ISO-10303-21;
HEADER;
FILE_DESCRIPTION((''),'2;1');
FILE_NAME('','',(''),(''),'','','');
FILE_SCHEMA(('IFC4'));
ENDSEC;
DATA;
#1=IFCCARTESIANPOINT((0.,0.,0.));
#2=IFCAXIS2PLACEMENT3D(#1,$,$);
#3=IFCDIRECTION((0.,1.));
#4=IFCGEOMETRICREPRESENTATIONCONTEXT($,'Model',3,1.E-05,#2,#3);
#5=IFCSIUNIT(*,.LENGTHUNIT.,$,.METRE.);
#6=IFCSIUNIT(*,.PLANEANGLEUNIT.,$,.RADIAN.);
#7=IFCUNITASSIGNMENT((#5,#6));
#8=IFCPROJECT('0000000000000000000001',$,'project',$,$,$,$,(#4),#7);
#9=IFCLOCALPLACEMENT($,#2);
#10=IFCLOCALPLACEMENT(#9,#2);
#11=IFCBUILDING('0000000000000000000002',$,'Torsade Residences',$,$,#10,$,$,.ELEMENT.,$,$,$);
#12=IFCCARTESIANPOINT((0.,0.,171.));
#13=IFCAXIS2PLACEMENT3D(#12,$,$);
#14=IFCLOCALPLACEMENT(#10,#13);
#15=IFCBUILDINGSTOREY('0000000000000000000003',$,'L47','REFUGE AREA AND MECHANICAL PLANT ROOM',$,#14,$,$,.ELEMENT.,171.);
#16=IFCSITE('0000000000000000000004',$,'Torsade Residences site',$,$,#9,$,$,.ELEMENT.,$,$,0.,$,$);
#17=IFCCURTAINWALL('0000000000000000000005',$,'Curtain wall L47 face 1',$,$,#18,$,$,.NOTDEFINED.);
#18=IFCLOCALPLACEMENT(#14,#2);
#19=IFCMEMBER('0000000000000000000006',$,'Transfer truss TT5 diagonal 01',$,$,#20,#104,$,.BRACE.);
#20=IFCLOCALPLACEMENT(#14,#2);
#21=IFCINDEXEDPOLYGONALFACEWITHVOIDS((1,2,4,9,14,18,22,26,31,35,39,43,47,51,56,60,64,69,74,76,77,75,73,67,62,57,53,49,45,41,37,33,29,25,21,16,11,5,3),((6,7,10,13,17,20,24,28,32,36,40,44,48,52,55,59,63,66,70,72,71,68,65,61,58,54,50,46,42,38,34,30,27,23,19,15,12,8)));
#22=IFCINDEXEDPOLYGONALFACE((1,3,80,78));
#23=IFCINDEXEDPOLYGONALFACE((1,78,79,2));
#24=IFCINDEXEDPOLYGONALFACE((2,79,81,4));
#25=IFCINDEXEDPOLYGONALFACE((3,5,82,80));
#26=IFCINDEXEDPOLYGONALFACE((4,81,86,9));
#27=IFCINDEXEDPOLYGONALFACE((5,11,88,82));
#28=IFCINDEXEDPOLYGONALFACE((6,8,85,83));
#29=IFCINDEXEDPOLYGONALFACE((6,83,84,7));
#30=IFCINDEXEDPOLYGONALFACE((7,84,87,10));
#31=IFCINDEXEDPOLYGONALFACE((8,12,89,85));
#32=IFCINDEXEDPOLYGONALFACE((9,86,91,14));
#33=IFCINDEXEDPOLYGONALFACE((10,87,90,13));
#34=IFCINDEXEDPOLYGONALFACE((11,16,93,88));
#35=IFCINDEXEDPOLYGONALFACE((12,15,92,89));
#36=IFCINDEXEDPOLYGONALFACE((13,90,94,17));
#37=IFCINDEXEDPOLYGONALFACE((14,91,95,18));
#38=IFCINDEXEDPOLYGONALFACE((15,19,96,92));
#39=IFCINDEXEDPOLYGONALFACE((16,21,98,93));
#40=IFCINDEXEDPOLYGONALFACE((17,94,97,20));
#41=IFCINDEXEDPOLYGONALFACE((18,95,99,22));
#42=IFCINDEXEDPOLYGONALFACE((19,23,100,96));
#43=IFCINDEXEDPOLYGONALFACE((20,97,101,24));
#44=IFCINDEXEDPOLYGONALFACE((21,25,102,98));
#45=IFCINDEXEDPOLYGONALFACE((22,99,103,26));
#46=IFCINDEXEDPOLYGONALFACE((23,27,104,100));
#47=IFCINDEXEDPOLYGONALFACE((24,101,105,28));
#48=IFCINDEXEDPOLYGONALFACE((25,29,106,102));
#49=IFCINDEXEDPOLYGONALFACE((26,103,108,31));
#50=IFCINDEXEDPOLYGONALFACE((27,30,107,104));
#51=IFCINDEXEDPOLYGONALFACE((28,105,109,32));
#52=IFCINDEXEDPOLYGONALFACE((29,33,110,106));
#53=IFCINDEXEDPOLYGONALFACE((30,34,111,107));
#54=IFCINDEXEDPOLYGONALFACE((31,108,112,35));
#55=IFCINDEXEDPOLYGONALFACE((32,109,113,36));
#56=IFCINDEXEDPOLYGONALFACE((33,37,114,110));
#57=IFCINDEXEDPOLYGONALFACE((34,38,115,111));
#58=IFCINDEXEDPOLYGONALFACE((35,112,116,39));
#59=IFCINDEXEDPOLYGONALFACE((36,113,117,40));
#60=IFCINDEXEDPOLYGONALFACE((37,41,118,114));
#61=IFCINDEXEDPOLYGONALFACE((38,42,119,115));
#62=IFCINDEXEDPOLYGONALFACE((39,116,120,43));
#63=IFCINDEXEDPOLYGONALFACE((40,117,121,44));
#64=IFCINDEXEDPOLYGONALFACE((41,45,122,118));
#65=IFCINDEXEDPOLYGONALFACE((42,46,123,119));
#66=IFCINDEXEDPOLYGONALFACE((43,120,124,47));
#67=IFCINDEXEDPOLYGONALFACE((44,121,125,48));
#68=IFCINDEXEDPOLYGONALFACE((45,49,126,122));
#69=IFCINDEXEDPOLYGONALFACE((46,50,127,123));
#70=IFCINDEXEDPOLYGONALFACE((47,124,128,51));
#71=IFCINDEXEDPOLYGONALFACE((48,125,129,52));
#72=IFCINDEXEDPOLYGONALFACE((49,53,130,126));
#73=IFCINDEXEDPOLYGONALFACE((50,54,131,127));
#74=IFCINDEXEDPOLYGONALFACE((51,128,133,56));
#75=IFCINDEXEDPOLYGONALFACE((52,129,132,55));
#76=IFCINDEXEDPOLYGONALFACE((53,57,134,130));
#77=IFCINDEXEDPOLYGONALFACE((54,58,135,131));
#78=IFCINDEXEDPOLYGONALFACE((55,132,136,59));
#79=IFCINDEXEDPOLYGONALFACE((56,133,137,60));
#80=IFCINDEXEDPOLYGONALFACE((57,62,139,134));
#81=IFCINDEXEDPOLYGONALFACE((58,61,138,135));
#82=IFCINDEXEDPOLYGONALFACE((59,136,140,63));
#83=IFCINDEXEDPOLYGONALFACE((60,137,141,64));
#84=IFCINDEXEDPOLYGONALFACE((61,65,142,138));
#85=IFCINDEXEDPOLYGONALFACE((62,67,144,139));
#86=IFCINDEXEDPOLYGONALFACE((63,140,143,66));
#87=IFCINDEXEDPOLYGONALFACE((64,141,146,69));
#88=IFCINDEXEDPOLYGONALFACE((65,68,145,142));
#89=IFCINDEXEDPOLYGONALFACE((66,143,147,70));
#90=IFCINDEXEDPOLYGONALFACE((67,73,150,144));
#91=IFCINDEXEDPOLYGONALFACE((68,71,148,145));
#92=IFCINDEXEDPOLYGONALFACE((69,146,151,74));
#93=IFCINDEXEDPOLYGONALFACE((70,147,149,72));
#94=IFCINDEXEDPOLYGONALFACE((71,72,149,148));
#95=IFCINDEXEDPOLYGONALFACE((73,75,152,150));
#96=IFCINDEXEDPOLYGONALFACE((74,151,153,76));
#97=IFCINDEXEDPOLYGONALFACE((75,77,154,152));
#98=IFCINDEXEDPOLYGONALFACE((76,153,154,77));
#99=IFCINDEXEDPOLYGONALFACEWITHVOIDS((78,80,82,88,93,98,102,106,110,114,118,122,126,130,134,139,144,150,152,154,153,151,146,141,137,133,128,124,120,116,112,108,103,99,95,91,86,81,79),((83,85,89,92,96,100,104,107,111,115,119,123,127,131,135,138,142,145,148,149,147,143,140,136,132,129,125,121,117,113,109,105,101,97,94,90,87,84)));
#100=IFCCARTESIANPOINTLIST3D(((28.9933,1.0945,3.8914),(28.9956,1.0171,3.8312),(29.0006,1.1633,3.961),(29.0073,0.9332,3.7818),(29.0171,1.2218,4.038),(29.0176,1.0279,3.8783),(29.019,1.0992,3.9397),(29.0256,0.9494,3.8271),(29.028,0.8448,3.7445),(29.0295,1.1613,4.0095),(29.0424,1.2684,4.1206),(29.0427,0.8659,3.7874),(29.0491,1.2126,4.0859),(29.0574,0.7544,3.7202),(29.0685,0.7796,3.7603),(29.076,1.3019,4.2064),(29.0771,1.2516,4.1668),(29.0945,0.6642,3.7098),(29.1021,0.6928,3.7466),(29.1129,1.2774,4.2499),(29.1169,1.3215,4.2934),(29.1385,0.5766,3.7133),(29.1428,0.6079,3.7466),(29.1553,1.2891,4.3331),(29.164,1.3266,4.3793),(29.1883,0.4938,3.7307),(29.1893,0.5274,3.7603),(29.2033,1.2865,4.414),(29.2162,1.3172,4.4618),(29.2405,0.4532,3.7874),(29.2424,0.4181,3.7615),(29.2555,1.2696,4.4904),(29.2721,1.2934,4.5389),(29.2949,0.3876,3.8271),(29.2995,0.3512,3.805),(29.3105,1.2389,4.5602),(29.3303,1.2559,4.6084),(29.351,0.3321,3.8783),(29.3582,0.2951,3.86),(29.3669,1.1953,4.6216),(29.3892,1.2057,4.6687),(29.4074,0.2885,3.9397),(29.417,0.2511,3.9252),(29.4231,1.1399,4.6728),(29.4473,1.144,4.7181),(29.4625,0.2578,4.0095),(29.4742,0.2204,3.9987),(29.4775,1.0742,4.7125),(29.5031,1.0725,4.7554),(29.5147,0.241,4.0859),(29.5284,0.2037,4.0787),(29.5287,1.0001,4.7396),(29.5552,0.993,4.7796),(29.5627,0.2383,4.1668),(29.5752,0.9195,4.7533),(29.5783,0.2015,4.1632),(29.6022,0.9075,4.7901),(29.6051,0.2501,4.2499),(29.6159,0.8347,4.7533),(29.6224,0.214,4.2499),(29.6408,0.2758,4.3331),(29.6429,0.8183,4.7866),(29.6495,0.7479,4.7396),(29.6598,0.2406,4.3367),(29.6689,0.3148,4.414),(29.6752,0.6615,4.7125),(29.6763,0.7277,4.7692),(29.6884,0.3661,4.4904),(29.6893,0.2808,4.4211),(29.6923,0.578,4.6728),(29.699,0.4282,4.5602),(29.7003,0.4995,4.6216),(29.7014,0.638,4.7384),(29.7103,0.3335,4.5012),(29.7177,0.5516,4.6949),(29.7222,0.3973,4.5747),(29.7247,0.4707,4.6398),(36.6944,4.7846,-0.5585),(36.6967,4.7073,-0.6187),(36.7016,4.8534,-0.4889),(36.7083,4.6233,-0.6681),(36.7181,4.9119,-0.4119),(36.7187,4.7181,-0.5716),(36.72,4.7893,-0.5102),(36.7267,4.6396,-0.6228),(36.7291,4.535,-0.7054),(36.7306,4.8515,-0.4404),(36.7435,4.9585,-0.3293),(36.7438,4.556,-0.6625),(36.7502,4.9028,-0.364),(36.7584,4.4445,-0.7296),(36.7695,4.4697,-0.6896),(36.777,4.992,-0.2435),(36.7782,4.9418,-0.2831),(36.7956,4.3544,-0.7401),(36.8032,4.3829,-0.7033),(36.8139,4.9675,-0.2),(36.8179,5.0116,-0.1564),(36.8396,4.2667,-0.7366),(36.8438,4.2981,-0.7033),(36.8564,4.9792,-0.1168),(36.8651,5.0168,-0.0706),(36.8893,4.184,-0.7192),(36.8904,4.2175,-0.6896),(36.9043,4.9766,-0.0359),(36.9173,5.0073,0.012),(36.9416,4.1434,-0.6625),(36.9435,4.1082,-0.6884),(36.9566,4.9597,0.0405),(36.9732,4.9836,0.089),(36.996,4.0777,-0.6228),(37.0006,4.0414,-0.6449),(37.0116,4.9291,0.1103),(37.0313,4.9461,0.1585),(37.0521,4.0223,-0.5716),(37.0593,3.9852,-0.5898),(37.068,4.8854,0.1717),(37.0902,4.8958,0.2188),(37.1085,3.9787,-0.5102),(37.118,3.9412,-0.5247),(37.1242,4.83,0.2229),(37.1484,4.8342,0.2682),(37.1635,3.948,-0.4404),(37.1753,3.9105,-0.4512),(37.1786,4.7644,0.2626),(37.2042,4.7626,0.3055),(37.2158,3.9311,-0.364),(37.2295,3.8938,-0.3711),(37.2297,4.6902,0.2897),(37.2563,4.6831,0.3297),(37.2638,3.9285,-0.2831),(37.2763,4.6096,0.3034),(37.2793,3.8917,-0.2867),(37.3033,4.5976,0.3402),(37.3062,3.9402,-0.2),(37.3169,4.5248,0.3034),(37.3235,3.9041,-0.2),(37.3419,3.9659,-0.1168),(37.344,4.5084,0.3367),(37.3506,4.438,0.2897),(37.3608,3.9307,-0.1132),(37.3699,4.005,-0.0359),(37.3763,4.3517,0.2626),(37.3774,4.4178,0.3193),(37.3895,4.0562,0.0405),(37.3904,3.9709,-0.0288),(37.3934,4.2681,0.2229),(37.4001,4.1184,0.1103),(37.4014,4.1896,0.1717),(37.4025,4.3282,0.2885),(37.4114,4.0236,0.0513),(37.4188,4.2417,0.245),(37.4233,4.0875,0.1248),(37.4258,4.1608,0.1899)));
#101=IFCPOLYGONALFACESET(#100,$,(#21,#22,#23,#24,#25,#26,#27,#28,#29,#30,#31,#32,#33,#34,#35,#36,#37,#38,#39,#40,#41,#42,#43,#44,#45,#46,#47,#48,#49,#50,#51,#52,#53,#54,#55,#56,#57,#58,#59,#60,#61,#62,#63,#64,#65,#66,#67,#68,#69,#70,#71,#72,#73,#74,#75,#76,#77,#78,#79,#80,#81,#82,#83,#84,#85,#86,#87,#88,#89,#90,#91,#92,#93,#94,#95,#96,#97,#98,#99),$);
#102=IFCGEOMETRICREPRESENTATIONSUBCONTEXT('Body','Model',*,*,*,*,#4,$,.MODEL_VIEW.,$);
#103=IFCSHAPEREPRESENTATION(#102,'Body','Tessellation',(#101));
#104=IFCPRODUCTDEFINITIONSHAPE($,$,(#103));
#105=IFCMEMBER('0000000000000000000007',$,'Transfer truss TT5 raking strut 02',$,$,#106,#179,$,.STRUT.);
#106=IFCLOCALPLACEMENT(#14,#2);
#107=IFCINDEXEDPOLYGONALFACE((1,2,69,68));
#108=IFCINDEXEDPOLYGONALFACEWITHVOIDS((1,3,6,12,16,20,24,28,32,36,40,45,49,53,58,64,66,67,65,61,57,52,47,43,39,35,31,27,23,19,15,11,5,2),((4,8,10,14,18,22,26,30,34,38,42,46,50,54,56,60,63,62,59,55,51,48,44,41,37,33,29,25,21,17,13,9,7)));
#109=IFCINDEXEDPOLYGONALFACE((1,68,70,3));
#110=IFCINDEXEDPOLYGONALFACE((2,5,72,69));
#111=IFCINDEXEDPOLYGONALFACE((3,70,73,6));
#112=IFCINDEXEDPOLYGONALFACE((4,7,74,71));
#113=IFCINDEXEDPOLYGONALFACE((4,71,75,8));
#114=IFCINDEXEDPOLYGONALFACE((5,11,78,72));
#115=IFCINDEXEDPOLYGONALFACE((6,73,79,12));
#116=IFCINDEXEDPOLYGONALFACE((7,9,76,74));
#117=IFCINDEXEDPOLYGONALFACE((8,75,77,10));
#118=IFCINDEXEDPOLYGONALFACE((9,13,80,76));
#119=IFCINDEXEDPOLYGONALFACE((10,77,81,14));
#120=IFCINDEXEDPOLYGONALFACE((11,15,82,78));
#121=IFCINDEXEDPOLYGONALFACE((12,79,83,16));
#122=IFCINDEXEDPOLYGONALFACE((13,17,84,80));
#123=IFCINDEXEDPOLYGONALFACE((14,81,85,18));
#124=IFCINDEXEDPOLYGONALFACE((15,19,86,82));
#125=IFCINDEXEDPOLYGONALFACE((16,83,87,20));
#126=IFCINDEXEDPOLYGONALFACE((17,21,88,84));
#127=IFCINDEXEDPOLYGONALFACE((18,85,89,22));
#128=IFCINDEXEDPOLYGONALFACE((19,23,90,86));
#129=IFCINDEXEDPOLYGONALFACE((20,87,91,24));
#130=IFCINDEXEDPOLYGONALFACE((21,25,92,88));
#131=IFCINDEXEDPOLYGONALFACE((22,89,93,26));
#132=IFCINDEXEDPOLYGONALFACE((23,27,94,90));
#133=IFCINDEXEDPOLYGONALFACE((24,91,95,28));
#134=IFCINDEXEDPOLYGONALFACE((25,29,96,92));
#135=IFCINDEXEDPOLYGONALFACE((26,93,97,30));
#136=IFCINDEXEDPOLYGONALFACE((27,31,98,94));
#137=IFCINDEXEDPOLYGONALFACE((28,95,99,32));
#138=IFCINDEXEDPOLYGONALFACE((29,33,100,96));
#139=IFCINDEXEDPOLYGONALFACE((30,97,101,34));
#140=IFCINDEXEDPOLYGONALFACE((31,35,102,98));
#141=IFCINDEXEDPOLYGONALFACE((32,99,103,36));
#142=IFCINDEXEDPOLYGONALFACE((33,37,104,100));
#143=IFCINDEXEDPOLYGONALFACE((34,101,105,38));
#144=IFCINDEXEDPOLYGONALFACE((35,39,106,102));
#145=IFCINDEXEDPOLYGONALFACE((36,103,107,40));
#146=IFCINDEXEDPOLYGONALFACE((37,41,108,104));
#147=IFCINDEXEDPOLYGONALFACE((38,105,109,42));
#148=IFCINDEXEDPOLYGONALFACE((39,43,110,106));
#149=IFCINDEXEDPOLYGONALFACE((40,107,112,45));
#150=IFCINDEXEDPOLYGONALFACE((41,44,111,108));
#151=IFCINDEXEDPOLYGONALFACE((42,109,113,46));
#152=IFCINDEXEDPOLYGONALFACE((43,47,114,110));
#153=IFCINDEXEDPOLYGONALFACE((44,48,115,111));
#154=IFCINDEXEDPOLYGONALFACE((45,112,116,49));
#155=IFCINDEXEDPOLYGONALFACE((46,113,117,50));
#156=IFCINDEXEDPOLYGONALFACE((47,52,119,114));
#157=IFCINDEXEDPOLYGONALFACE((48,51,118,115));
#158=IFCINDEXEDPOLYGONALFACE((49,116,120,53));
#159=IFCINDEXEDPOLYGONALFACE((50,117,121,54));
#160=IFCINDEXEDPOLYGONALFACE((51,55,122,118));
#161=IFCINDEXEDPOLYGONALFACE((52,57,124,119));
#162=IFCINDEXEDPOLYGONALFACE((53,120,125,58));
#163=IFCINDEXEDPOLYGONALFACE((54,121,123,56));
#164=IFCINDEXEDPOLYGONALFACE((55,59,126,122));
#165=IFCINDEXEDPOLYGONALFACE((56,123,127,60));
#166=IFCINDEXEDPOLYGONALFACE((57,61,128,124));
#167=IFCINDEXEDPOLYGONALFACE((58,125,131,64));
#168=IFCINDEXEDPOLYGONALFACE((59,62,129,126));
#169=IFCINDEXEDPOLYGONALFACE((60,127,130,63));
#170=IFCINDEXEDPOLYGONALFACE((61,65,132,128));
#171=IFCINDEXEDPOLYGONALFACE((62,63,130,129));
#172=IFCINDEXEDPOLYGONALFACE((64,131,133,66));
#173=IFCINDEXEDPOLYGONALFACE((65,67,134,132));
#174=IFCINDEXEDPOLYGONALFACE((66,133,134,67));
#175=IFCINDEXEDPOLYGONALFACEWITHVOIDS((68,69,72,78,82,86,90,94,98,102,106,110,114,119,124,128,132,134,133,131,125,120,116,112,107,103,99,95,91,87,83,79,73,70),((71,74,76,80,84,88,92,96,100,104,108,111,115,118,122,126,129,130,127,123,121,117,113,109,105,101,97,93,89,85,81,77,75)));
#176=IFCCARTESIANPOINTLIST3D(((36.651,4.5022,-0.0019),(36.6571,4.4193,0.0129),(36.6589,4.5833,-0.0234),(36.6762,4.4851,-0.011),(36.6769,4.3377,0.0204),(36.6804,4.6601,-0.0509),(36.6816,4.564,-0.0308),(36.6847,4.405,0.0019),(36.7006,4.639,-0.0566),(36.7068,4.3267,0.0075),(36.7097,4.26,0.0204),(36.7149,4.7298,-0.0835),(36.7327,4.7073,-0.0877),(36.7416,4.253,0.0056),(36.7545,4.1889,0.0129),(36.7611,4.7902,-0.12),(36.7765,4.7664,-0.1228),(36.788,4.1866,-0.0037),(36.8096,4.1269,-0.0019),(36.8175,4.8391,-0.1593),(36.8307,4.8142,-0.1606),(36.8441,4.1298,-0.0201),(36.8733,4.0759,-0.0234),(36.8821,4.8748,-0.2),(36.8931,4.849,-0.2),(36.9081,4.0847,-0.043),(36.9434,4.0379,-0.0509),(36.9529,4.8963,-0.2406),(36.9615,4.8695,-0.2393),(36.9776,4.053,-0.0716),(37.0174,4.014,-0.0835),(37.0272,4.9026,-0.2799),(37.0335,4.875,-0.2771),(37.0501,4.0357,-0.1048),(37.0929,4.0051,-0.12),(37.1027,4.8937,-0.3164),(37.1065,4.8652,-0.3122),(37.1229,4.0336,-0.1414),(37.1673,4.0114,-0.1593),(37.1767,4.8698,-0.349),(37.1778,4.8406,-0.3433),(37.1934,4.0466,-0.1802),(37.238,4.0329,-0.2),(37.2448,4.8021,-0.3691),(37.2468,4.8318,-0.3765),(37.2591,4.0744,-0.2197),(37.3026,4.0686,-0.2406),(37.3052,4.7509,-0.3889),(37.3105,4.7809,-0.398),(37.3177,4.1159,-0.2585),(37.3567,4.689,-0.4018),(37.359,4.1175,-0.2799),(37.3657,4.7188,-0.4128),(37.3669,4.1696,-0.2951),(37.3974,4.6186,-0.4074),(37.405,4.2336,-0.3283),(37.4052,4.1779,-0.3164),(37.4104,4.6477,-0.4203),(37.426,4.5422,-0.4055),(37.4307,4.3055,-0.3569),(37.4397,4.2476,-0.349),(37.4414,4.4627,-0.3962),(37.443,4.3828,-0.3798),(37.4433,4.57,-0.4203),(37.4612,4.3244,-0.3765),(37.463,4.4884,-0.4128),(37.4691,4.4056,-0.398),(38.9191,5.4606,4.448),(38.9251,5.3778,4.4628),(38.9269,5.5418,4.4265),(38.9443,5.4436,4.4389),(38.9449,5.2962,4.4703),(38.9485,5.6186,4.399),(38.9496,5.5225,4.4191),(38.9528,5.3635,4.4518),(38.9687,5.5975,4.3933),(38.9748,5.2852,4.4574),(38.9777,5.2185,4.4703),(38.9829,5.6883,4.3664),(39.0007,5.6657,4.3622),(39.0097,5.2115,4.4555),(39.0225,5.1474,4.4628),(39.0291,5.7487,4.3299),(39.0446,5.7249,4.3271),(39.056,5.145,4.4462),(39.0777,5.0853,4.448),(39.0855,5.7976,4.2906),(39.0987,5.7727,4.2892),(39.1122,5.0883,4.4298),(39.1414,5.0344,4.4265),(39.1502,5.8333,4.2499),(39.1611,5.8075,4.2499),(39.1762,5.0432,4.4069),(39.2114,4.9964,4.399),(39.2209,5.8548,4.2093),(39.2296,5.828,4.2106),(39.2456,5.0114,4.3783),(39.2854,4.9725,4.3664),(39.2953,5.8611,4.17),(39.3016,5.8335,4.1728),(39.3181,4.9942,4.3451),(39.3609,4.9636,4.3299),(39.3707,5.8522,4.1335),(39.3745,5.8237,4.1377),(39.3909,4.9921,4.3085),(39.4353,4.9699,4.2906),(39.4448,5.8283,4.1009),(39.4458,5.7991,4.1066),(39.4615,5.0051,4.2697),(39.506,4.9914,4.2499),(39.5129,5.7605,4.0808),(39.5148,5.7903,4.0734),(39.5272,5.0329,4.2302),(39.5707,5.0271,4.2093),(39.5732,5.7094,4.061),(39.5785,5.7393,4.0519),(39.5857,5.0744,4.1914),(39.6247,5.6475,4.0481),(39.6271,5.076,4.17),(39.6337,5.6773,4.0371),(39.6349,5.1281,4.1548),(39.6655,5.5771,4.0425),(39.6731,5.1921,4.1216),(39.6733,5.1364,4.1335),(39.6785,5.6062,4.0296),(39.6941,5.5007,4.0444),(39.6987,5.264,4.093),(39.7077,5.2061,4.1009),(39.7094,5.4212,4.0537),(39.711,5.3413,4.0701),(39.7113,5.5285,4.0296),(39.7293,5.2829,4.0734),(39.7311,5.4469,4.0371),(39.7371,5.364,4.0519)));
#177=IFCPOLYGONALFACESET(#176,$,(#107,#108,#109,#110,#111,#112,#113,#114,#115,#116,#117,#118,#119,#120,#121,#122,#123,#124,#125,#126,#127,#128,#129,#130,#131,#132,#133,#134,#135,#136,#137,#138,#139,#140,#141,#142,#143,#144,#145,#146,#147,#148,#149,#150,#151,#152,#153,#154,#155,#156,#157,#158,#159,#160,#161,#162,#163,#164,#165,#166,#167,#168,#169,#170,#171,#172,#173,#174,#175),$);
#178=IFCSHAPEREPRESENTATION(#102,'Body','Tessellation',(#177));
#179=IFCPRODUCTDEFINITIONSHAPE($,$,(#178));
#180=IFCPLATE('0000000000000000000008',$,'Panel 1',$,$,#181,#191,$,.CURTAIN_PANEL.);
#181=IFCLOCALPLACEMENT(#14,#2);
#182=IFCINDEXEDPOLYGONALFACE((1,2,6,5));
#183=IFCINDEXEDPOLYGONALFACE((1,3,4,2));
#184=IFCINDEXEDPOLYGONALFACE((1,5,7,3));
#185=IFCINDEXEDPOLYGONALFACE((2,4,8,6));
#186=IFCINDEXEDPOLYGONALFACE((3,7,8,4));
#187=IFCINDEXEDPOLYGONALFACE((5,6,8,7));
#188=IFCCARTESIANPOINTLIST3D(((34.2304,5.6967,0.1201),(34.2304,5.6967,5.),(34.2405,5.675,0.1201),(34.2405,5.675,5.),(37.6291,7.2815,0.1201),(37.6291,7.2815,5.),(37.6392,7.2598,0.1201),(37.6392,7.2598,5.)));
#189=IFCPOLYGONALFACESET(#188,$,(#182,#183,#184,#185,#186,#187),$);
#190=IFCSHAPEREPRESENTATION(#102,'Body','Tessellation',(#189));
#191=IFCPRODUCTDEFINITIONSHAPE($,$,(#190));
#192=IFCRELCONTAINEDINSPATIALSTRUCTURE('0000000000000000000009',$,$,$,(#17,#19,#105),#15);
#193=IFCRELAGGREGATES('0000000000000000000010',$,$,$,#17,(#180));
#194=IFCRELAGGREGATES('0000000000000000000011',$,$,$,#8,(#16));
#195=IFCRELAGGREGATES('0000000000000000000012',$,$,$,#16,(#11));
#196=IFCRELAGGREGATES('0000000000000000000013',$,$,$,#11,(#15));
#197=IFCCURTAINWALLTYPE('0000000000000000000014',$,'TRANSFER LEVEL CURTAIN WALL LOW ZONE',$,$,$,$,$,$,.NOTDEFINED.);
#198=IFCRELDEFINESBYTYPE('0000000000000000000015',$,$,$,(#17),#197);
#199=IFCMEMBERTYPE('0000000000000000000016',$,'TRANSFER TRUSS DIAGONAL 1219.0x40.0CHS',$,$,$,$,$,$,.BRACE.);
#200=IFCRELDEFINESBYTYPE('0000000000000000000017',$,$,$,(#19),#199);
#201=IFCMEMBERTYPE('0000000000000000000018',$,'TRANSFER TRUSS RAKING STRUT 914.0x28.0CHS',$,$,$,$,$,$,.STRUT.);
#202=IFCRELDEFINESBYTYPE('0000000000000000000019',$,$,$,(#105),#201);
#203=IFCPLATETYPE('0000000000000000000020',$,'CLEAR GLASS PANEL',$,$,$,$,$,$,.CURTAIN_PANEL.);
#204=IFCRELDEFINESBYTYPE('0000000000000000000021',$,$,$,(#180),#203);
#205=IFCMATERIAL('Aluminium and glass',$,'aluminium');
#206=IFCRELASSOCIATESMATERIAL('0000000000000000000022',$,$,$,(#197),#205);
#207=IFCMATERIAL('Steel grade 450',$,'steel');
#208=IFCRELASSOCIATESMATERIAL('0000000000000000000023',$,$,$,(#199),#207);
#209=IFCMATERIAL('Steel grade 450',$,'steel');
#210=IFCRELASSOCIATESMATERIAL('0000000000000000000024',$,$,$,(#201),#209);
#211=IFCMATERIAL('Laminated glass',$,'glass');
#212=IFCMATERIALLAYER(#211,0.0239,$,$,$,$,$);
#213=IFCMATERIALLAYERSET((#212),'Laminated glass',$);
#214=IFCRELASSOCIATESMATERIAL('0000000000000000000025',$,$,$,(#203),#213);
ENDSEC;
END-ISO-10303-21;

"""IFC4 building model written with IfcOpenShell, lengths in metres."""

from ifc_helpers import new_model, si_unit, direction, frame, origin, origin_2d, place, context, subcontext, project, spatial, rectangle, hollow_circle, extrude, material, layer, layer_set, material_profile, profile_set, type_object, element, aggregate, save


model = new_model("IFC4")

# Units and contexts
model_context = context("Model", 3, precision=1e-05, world=origin(), true_north=direction((0.0, 1.0)))
body_context = subcontext(model_context, "Body", "Model", "MODEL_VIEW")
ifc_project = project(units=[si_unit("LENGTHUNIT", "METRE"), si_unit("PLANEANGLEUNIT", "RADIAN")], contexts=[model_context])

# Site, building, storey
site_placement = place(None, origin())
site = spatial("IfcSite", under=ifc_project, at=site_placement, Name="Torsade Residences site", CompositionType="ELEMENT", RefElevation=0.0)
building_placement = place(site_placement, origin())
building = spatial("IfcBuilding", under=site, at=building_placement, Name="Torsade Residences", CompositionType="ELEMENT")
storey_placement = place(building_placement, frame((0.0, 0.0, 171.0)))
storey = spatial("IfcBuildingStorey", under=building, at=storey_placement, Name="L47", Description="REFUGE AREA AND MECHANICAL PLANT ROOM", CompositionType="ELEMENT", Elevation=171.0)

# Curtain wall
ifc_material_1 = material(Name="Aluminium and glass", Category="aluminium")
curtain_wall_type = type_object("IfcCurtainWallType", Name="TRANSFER LEVEL CURTAIN WALL LOW ZONE", PredefinedType="NOTDEFINED", material=ifc_material_1)
curtain_wall_1_placement = place(storey_placement, origin())
curtain_wall_1 = element("IfcCurtainWall", 1, at=curtain_wall_1_placement, inside=storey, type_object=curtain_wall_type, Name="Curtain wall L47 face 1", PredefinedType="NOTDEFINED")

# Members
ifc_material_2 = material(Name="Steel grade 450", Category="steel")
ifc_material_profile_1 = material_profile(ifc_material_2, hollow_circle(Radius=0.6096, WallThickness=0.04, at=origin_2d()), Name="1219.0x40.0CHS")
ifc_profile_set_1 = profile_set([ifc_material_profile_1], Name="Steel grade 450")
member_type_1 = type_object("IfcMemberType", Name="TRANSFER TRUSS DIAGONAL 1219.0x40.0CHS", PredefinedType="BRACE", material=ifc_profile_set_1)
member_1_placement = place(storey_placement, frame((37.0601, 4.4539, -0.2), z_axis=(-0.799746, -0.383216, 0.462116), x_axis=(0.432124, -0.901814, 0.0)))
element("IfcMember", 2, at=member_1_placement, inside=storey, type_object=member_type_1, Name="Transfer truss TT5 diagonal 01", PredefinedType="BRACE", context=body_context, shape_type="SweptSolid", body=[
    extrude(hollow_circle(Radius=0.6096, WallThickness=0.04, at=origin_2d()), origin(), (0.0, 0.0, 1.0), 9.6294),
])
ifc_material_3 = material(Name="Steel grade 450", Category="steel")
ifc_material_profile_2 = material_profile(ifc_material_3, hollow_circle(Radius=0.457, WallThickness=0.0281, at=origin_2d()), Name="914.0x28.0CHS")
ifc_profile_set_2 = profile_set([ifc_material_profile_2], Name="Steel grade 450")
member_type_2 = type_object("IfcMemberType", Name="TRANSFER TRUSS RAKING STRUT 914.0x28.0CHS", PredefinedType="STRUT", material=ifc_profile_set_2)
member_2_placement = place(storey_placement, frame((37.0601, 4.4539, -0.2), z_axis=(0.445965, 0.188467, 0.874983), x_axis=(-0.389271, 0.921123, 0.0)))
element("IfcMember", 3, at=member_2_placement, inside=storey, type_object=member_type_2, Name="Transfer truss TT5 raking strut 02", PredefinedType="STRUT", context=body_context, shape_type="SweptSolid", body=[
    extrude(hollow_circle(Radius=0.457, WallThickness=0.0281, at=origin_2d()), origin(), (0.0, 0.0, 1.0), 5.0857),
])

# Plate
ifc_material_4 = material(Name="Laminated glass", Category="glass")
ifc_layer = layer(ifc_material_4, 0.0239)
ifc_layer_set = layer_set([ifc_layer], Name="Laminated glass")
plate_type = type_object("IfcPlateType", Name="CLEAR GLASS PANEL", PredefinedType="CURTAIN_PANEL", material=ifc_layer_set)
plate_1_placement = place(storey_placement, frame((35.9348, 6.4783, 0.1201), z_axis=(0.0, 0.0, 1.0), x_axis=(0.906308, 0.422618, 0.0)))
plate_1 = element("IfcPlate", 4, at=plate_1_placement, type_object=plate_type, Name="Panel 1", PredefinedType="CURTAIN_PANEL", context=body_context, shape_type="SweptSolid", body=[
    extrude(rectangle(XDim=3.75, YDim=0.0239, at=origin_2d()), origin(), (0.0, 0.0, 1.0), 4.8799),
])
aggregate(curtain_wall_1, [plate_1])

save(model, "model.ifc")
